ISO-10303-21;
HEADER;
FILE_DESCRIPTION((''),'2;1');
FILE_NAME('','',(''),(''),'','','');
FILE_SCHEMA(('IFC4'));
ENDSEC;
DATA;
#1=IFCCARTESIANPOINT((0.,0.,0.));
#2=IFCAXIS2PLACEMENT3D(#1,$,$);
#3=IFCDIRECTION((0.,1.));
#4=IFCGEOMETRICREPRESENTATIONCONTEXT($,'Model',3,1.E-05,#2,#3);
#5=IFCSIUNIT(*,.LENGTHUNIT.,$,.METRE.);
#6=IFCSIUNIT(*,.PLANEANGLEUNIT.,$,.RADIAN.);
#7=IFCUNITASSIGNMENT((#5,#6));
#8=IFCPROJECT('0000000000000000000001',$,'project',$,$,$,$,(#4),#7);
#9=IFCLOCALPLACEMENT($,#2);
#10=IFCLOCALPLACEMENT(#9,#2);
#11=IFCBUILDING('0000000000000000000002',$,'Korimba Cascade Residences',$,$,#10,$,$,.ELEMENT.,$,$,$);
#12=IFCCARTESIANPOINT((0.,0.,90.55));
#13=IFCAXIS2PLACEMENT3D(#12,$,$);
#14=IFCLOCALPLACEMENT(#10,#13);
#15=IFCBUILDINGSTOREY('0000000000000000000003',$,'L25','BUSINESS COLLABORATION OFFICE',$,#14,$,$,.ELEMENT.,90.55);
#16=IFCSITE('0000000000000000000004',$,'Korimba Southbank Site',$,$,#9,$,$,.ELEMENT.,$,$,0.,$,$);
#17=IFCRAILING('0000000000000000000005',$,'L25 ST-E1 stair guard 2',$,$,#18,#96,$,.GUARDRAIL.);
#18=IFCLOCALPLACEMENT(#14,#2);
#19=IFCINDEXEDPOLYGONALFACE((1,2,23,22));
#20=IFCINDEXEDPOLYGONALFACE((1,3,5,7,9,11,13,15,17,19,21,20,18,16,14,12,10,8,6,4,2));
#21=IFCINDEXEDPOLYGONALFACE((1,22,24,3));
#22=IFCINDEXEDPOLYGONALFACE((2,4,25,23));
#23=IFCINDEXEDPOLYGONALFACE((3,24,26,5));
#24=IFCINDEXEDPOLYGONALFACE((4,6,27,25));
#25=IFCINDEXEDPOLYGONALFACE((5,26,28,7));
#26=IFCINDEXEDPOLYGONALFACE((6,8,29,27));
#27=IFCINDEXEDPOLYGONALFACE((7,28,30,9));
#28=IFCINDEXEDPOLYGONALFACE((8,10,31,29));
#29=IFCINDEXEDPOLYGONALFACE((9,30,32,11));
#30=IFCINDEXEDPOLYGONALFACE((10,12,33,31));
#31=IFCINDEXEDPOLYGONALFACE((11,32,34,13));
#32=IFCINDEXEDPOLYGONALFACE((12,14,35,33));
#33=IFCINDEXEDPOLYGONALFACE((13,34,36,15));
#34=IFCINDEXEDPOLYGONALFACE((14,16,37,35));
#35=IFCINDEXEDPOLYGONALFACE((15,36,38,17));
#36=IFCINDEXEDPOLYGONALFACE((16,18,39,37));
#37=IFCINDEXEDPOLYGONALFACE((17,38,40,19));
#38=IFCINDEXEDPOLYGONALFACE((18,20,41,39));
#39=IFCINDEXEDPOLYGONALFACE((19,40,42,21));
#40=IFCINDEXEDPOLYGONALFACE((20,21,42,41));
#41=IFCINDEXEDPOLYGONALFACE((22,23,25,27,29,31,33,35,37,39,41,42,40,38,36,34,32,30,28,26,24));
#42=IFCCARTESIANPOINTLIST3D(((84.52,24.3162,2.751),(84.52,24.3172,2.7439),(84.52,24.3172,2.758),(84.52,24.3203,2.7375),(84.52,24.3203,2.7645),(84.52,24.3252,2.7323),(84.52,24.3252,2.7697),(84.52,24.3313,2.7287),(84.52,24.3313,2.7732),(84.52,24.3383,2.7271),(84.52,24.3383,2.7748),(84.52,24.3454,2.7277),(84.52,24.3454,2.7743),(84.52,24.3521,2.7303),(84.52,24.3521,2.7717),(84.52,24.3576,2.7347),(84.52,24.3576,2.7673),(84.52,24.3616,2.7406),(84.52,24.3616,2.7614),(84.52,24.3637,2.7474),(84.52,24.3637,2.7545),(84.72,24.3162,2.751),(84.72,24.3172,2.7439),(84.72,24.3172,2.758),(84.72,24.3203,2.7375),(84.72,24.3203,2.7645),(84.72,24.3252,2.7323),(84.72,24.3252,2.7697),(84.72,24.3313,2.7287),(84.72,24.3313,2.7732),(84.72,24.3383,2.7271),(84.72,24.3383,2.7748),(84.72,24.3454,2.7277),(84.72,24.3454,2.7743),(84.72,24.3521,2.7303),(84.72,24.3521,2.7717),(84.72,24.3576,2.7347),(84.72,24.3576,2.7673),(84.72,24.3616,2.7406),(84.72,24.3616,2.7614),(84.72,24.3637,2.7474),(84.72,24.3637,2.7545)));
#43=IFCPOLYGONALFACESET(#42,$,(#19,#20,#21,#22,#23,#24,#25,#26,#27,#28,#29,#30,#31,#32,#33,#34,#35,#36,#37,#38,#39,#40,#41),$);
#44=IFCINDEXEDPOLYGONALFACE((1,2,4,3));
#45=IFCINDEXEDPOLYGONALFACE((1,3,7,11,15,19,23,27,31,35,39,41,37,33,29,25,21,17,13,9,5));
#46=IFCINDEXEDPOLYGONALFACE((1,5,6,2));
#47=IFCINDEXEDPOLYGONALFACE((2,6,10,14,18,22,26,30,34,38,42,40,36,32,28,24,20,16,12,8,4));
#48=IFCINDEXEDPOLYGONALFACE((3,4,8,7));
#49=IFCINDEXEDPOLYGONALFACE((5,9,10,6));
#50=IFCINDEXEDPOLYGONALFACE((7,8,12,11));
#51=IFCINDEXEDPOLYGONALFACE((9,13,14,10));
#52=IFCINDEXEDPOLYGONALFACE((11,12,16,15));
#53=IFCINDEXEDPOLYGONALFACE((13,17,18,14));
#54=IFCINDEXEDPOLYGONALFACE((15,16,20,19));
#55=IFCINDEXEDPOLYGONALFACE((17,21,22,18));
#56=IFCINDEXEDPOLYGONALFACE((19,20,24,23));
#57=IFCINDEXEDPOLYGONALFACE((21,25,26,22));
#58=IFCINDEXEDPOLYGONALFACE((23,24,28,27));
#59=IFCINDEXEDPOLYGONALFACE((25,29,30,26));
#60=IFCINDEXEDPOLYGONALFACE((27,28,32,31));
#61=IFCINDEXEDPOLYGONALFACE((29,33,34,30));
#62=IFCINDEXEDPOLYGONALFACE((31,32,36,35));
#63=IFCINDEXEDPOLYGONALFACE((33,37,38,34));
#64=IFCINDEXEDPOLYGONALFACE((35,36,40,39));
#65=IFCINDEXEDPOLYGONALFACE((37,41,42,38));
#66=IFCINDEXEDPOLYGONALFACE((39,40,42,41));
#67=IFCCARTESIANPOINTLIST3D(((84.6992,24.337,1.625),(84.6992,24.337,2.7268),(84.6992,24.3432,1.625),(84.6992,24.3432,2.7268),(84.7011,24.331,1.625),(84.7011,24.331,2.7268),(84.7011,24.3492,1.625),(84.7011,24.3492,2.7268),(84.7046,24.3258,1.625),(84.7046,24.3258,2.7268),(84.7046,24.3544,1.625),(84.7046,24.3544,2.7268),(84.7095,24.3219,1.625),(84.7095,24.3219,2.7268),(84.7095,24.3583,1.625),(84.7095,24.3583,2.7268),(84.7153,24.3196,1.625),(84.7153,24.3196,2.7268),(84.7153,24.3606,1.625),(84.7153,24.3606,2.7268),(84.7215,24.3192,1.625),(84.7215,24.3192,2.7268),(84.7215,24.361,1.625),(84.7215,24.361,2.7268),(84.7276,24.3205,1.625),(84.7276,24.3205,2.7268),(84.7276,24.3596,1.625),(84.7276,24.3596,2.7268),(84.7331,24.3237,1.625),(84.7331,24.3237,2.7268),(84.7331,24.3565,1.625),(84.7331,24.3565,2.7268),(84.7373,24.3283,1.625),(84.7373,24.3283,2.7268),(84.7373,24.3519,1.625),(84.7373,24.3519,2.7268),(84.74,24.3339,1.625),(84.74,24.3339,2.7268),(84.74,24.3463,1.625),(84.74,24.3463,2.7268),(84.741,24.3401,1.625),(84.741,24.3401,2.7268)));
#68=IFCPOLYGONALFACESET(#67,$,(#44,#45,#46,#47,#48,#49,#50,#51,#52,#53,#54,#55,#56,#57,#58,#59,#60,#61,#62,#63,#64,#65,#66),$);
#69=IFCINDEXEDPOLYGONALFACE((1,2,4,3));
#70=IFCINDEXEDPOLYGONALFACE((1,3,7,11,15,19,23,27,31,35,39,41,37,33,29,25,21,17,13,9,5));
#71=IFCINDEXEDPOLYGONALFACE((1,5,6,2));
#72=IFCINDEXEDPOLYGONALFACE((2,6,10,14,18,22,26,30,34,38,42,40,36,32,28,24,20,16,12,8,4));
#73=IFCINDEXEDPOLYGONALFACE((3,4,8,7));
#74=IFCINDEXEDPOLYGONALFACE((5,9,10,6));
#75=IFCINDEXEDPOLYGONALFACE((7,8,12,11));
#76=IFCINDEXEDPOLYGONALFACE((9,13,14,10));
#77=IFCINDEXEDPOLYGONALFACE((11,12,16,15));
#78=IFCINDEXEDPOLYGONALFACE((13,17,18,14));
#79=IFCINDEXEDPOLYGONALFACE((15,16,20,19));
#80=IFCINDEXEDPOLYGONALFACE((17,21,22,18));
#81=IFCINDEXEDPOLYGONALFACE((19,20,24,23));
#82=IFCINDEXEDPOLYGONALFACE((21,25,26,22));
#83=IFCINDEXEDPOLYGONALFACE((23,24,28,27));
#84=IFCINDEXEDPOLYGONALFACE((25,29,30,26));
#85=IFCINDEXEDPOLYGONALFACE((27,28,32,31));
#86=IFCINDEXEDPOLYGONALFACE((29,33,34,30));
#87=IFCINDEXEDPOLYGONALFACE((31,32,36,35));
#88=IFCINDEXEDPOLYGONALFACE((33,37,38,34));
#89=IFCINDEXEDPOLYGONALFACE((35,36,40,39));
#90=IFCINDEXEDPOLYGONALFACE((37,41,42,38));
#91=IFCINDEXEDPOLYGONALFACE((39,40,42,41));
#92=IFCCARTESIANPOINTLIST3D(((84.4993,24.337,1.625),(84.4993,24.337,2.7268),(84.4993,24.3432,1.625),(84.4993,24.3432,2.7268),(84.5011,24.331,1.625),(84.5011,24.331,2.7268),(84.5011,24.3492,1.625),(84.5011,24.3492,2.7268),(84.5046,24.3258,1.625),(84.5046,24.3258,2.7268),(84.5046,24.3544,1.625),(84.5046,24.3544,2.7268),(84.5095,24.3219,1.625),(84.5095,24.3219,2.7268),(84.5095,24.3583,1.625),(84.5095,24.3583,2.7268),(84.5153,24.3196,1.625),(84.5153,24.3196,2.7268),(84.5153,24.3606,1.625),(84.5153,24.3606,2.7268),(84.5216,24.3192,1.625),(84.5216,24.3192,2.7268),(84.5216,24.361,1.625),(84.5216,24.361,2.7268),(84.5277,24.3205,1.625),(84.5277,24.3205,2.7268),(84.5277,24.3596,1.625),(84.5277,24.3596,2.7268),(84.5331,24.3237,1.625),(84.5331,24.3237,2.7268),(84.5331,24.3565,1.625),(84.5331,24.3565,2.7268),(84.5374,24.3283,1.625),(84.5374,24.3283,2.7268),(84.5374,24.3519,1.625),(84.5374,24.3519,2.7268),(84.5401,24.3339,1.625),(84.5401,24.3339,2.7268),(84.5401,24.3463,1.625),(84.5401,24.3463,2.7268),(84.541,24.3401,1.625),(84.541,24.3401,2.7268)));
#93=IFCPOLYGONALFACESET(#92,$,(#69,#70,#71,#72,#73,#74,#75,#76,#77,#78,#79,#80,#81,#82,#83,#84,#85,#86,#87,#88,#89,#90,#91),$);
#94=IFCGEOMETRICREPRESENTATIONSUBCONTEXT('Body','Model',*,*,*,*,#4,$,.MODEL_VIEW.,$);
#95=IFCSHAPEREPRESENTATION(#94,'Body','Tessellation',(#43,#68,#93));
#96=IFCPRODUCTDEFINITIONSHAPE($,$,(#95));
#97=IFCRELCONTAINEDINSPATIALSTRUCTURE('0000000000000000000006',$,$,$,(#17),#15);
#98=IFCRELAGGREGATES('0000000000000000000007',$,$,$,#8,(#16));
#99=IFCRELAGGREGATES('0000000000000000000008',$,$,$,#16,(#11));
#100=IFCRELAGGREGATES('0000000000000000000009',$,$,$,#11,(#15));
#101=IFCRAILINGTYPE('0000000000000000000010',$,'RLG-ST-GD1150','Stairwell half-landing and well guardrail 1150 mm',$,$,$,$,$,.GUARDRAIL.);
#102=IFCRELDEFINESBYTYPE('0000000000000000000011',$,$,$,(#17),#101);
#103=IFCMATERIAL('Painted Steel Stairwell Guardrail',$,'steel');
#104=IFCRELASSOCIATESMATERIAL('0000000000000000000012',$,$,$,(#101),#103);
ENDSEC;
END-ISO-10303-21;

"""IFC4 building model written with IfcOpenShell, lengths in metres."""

from ifc_helpers import new_model, si_unit, direction, frame, origin, origin_2d, place, context, subcontext, project, spatial, circle, extrude, material, type_object, element, save


model = new_model("IFC4")

# Units and contexts
model_context = context("Model", 3, precision=1e-05, world=origin(), true_north=direction((0.0, 1.0)))
body_context = subcontext(model_context, "Body", "Model", "MODEL_VIEW")
ifc_project = project(units=[si_unit("LENGTHUNIT", "METRE"), si_unit("PLANEANGLEUNIT", "RADIAN")], contexts=[model_context])

# Site, building, storey
site_placement = place(None, origin())
site = spatial("IfcSite", under=ifc_project, at=site_placement, Name="Korimba Southbank Site", CompositionType="ELEMENT", RefElevation=0.0)
building_placement = place(site_placement, origin())
building = spatial("IfcBuilding", under=site, at=building_placement, Name="Korimba Cascade Residences", CompositionType="ELEMENT")
storey_placement = place(building_placement, frame((0.0, 0.0, 90.55)))
storey = spatial("IfcBuildingStorey", under=building, at=storey_placement, Name="L25", Description="BUSINESS COLLABORATION OFFICE", CompositionType="ELEMENT", Elevation=90.55)

# Railing
ifc_material_1 = material(Name="Painted Steel Stairwell Guardrail", Category="steel")
railing_type_1 = type_object("IfcRailingType", Name="RLG-ST-GD1150", Description="Stairwell half-landing and well guardrail 1150 mm", PredefinedType="GUARDRAIL", material=ifc_material_1)
railing_1_placement = place(storey_placement, frame((84.72, 24.3401, 1.625)))
element("IfcRailing", 1, at=railing_1_placement, inside=storey, type_object=railing_type_1, Name="L25 ST-E1 stair guard 2", PredefinedType="GUARDRAIL", context=body_context, shape_type="SweptSolid", body=[
    extrude(circle(Radius=0.0239, at=origin_2d()), frame((0.0, 0.0, 1.126), z_axis=(-1.0, 0.0, 0.0), x_axis=(0.0, -1.0, 0.0)), (0.0, 0.0, 1.0), 0.2),
    extrude(circle(Radius=0.021, at=origin_2d()), origin(), (0.0, 0.0, 1.0), 1.1018),
    extrude(circle(Radius=0.021, at=origin_2d()), frame((-0.2, 0.0, 0.0)), (0.0, 0.0, 1.0), 1.1018),
])

save(model, "model.ifc")
